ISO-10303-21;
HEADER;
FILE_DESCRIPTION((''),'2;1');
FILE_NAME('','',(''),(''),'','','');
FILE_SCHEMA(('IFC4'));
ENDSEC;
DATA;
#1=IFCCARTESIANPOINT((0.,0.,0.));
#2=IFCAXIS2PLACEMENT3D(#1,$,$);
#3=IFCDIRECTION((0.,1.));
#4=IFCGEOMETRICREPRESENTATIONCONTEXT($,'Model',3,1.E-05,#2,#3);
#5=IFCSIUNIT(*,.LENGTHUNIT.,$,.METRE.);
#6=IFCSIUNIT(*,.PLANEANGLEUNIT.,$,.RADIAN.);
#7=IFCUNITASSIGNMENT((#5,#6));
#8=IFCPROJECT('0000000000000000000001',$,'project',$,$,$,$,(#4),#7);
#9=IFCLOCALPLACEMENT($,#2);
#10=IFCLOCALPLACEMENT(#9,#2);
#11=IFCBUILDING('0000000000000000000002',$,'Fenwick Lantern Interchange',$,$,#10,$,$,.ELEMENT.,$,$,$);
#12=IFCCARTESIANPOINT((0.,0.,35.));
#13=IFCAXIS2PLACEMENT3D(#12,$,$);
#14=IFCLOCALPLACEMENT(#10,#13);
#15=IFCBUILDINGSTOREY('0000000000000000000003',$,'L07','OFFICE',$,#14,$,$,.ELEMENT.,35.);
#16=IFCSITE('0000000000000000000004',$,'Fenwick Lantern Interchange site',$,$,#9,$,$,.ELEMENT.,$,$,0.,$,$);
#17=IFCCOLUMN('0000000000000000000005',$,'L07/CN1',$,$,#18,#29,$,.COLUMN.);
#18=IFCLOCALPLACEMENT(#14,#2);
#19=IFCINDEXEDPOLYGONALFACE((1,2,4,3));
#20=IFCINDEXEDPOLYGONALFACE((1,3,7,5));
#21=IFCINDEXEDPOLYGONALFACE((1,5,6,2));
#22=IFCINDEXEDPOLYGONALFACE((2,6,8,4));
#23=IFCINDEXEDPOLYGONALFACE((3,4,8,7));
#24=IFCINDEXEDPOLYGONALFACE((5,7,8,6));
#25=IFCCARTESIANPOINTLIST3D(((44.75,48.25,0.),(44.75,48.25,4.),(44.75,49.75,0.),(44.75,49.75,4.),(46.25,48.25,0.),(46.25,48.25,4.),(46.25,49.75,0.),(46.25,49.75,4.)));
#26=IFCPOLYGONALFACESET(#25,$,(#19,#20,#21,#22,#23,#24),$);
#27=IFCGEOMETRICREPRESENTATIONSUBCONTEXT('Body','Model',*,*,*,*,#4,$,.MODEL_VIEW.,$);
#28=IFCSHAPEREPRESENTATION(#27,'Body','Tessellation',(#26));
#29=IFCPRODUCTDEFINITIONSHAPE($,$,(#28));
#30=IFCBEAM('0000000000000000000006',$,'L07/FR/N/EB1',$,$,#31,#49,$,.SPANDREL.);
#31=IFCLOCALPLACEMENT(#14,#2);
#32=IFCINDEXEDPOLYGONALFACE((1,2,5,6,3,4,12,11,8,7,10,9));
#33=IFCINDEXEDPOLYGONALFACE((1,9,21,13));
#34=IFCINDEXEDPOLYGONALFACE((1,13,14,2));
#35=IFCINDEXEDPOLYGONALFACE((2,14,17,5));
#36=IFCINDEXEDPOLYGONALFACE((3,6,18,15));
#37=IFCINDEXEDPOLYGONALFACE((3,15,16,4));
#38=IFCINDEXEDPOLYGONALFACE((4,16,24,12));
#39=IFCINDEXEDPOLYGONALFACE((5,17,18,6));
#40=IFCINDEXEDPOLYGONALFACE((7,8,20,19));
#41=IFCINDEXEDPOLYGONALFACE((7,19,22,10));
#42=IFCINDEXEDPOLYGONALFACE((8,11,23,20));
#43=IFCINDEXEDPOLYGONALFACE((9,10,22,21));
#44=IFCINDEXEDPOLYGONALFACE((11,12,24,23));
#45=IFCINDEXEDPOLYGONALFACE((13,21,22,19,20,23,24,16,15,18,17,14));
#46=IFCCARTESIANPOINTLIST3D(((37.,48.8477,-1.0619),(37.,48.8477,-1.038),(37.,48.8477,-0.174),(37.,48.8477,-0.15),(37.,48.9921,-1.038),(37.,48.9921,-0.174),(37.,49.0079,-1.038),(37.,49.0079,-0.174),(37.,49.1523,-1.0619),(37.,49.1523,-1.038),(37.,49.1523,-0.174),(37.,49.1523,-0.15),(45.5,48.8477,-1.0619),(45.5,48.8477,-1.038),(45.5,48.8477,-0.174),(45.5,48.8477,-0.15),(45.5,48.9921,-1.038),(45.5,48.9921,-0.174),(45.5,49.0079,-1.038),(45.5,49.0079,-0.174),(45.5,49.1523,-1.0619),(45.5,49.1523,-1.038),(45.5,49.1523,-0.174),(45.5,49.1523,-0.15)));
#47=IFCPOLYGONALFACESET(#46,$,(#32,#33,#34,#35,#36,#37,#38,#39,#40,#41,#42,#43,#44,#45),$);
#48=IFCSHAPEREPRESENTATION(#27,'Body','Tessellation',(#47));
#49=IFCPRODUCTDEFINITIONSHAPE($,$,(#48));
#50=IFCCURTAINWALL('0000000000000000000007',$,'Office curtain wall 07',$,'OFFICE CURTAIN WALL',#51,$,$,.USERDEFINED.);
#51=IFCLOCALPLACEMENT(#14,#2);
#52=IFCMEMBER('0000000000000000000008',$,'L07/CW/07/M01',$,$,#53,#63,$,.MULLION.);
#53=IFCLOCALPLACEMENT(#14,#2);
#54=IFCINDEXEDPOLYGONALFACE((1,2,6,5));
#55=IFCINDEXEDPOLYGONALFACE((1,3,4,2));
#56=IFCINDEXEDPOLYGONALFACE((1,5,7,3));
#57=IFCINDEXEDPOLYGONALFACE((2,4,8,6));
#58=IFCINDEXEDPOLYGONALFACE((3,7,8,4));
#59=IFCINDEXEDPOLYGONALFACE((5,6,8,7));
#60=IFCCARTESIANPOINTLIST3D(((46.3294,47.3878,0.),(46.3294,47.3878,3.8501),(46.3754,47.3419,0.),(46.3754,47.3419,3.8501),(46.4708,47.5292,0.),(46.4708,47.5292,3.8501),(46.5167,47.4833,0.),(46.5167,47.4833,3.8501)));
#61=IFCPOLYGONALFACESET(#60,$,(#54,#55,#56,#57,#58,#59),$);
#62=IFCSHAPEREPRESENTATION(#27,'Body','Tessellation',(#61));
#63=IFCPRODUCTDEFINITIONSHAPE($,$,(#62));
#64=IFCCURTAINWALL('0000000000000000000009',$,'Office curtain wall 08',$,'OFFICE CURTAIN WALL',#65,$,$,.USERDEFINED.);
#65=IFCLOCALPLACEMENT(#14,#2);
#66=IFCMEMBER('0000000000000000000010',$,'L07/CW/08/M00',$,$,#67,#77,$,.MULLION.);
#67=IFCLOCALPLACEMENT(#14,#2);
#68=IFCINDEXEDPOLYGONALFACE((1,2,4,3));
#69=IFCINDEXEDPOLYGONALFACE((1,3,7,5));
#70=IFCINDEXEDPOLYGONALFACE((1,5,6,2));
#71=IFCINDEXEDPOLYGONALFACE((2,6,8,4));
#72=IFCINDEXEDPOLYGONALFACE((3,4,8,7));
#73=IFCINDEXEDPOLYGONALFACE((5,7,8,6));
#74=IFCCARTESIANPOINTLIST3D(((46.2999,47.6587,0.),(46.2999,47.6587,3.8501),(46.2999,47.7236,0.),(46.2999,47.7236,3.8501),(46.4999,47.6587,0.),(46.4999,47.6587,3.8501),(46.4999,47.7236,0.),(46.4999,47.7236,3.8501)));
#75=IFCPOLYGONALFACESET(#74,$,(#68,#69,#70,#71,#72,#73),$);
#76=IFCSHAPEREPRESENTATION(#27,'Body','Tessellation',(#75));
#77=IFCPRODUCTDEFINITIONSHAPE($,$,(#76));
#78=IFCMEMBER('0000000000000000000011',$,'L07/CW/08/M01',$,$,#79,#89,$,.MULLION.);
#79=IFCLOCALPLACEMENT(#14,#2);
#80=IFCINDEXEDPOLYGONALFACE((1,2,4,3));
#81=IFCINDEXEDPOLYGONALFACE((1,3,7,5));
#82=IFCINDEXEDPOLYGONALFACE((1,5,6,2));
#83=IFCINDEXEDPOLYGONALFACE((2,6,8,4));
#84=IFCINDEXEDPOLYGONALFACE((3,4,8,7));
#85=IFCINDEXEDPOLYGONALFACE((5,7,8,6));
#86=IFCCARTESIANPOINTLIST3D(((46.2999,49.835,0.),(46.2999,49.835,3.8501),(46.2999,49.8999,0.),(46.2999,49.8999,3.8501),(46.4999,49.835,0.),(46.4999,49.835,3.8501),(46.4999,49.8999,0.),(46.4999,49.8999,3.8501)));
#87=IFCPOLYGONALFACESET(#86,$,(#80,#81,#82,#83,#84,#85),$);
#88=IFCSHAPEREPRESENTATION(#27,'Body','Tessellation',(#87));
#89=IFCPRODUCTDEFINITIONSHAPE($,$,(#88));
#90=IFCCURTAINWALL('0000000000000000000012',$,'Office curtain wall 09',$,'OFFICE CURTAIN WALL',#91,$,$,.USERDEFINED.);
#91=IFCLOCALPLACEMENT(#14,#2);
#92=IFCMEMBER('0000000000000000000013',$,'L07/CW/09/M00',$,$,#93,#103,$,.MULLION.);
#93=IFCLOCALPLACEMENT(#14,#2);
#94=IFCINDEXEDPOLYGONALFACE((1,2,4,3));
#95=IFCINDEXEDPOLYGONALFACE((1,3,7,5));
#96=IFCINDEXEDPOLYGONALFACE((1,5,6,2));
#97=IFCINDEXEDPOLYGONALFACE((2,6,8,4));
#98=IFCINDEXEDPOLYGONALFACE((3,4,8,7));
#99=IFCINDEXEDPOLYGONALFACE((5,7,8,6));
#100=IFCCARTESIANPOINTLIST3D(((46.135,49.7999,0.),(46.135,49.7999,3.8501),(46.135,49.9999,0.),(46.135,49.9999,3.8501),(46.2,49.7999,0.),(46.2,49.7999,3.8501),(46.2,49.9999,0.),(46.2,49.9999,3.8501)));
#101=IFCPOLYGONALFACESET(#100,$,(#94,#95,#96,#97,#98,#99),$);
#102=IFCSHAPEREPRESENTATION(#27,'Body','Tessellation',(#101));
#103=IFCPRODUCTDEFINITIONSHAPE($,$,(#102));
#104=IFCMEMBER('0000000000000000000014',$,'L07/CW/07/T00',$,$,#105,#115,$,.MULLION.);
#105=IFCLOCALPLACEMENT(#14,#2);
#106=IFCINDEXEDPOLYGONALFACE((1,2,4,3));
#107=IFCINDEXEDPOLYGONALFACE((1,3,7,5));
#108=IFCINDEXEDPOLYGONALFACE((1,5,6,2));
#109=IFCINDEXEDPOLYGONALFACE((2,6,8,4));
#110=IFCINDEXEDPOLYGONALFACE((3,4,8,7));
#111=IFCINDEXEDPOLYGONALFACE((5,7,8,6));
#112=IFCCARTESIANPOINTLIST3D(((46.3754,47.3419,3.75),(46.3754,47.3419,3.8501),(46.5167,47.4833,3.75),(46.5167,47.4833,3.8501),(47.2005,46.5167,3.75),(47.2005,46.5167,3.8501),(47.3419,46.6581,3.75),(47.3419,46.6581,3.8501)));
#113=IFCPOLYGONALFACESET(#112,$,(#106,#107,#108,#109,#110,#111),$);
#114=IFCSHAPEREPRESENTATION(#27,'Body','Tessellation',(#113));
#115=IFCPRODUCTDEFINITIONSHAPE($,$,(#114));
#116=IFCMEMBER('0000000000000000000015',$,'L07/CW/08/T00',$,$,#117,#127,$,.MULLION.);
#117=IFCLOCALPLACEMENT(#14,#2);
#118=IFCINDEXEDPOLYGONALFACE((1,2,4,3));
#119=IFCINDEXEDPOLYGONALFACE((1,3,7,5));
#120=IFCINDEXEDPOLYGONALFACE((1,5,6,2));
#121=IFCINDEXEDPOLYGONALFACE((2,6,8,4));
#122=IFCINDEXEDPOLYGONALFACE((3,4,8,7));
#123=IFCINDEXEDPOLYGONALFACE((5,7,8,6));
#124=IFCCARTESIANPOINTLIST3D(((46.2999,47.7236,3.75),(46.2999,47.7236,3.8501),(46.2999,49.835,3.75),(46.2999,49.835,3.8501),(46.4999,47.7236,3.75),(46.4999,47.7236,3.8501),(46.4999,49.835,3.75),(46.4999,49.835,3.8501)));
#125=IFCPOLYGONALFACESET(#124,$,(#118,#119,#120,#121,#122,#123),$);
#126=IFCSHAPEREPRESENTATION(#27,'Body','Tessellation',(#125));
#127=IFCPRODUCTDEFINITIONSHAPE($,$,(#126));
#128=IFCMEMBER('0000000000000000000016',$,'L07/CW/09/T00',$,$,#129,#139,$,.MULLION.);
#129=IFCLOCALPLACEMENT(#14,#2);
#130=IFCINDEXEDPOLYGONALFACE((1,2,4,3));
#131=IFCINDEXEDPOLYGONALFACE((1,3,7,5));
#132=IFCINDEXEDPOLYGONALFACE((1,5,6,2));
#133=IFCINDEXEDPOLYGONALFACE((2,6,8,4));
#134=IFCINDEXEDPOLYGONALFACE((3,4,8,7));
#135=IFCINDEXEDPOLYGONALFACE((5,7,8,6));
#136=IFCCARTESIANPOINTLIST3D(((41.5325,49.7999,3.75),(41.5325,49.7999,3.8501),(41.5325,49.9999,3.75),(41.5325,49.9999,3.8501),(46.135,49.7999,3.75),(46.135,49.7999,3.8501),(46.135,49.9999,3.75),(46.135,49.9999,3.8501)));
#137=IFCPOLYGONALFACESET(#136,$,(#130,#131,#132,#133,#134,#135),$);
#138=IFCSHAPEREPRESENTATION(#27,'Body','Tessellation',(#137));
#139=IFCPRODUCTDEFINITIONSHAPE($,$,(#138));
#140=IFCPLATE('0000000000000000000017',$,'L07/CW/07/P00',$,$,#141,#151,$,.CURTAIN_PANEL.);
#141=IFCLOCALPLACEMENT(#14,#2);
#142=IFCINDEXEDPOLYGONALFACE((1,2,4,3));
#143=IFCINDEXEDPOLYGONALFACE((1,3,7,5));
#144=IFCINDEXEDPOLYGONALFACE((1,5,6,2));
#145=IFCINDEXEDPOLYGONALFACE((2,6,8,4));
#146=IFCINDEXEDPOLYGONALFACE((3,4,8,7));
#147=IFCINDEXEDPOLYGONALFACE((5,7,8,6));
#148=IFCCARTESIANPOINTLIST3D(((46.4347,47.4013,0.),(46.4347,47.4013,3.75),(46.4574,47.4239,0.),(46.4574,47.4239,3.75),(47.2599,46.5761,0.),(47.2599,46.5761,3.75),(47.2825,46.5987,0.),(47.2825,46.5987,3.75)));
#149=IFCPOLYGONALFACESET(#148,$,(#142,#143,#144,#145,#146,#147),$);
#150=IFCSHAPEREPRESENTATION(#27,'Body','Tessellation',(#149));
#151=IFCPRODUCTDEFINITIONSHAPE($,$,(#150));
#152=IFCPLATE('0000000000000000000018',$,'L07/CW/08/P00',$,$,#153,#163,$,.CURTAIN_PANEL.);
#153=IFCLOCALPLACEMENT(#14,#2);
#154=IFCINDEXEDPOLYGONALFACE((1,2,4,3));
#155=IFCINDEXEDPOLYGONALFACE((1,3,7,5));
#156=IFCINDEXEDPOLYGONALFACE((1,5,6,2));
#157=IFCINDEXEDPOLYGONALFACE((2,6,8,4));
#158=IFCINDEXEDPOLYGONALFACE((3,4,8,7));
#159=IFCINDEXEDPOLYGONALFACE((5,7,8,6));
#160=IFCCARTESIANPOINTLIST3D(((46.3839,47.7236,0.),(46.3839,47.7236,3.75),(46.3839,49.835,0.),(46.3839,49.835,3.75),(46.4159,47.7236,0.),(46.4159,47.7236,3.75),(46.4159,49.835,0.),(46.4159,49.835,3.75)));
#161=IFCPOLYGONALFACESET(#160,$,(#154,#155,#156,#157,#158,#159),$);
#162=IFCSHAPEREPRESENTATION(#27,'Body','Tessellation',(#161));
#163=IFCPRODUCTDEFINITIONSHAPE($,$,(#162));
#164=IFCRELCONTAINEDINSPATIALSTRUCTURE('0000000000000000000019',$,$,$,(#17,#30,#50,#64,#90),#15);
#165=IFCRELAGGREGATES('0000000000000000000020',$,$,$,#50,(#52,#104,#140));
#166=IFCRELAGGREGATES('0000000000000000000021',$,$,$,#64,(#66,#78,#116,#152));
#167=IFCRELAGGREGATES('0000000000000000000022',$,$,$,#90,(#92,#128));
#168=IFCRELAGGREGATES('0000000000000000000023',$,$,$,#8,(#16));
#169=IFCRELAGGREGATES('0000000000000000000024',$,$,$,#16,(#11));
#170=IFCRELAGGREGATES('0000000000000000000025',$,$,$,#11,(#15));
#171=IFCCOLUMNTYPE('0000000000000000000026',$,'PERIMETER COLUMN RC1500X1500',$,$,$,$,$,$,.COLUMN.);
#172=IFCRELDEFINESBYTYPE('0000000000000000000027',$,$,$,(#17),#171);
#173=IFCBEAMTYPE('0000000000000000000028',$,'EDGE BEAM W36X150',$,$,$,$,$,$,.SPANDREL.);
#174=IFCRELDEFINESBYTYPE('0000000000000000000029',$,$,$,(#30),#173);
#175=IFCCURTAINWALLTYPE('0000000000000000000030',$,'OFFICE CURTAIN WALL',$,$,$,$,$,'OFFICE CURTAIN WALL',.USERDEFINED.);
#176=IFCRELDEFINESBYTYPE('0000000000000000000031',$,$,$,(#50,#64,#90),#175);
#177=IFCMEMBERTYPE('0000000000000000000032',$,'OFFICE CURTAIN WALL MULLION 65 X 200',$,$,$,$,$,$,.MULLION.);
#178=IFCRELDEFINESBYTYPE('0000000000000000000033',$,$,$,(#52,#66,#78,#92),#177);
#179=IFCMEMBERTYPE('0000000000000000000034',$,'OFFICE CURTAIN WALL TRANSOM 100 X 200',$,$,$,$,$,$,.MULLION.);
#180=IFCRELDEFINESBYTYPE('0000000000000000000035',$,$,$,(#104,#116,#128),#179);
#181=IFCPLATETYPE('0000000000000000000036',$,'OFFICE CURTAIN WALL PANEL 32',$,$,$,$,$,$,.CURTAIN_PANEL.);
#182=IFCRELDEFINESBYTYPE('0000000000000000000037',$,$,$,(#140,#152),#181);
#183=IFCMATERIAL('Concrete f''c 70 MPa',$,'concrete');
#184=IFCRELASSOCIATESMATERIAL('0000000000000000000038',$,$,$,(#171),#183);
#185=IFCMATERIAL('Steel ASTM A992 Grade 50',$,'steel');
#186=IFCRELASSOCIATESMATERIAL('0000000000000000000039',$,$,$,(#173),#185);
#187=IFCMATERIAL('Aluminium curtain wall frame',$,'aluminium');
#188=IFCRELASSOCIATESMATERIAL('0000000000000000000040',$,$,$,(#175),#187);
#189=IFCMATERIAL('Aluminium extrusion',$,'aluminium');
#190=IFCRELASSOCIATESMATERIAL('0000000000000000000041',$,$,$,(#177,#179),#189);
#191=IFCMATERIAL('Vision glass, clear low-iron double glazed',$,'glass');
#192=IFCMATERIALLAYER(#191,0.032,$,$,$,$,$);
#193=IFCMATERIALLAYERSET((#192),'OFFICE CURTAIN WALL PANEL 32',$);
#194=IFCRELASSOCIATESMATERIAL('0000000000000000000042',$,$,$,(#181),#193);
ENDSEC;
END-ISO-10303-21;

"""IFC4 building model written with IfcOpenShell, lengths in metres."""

from ifc_helpers import new_model, si_unit, direction, frame, origin, origin_2d, place, context, subcontext, project, spatial, rectangle, i_section, extrude, material, layer, layer_set, material_profile, profile_set, type_object, element, aggregate, save


model = new_model("IFC4")

# Units and contexts
model_context = context("Model", 3, precision=1e-05, world=origin(), true_north=direction((0.0, 1.0)))
body_context = subcontext(model_context, "Body", "Model", "MODEL_VIEW")
ifc_project = project(units=[si_unit("LENGTHUNIT", "METRE"), si_unit("PLANEANGLEUNIT", "RADIAN")], contexts=[model_context])

# Site, building, storey
site_placement = place(None, origin())
site = spatial("IfcSite", under=ifc_project, at=site_placement, Name="Fenwick Lantern Interchange site", CompositionType="ELEMENT", RefElevation=0.0)
building_placement = place(site_placement, origin())
building = spatial("IfcBuilding", under=site, at=building_placement, Name="Fenwick Lantern Interchange", CompositionType="ELEMENT")
storey_placement = place(building_placement, frame((0.0, 0.0, 35.0)))
storey = spatial("IfcBuildingStorey", under=building, at=storey_placement, Name="L07", Description="OFFICE", CompositionType="ELEMENT", Elevation=35.0)

# Column
ifc_material_1 = material(Name="Concrete f'c 70 MPa", Category="concrete")
ifc_material_profile_1 = material_profile(ifc_material_1, rectangle(XDim=1.5, YDim=1.5, at=origin_2d()), Name="RC1500X1500")
ifc_profile_set_1 = profile_set([ifc_material_profile_1], Name="Concrete f'c 70 MPa")
column_type = type_object("IfcColumnType", Name="PERIMETER COLUMN RC1500X1500", PredefinedType="COLUMN", material=ifc_profile_set_1)
column_placement = place(storey_placement, frame((45.5, 49.0, 0.0), z_axis=(0.0, 0.0, 1.0), x_axis=(1.0, 0.0, 0.0)))
element("IfcColumn", 1, at=column_placement, inside=storey, type_object=column_type, Name="L07/CN1", PredefinedType="COLUMN", context=body_context, shape_type="SweptSolid", body=[
    extrude(rectangle(XDim=1.5, YDim=1.5, at=origin_2d()), origin(), (0.0, 0.0, 1.0), 4.0),
])

# Beam
ifc_material_2 = material(Name="Steel ASTM A992 Grade 50", Category="steel")
ifc_material_profile_2 = material_profile(ifc_material_2, i_section(OverallWidth=0.3047, OverallDepth=0.9119, WebThickness=0.0159, FlangeThickness=0.0239, at=origin_2d()), Name="W36X150")
ifc_profile_set_2 = profile_set([ifc_material_profile_2], Name="Steel ASTM A992 Grade 50")
beam_type = type_object("IfcBeamType", Name="EDGE BEAM W36X150", PredefinedType="SPANDREL", material=ifc_profile_set_2)
beam_placement = place(storey_placement, frame((45.5, 49.0, -0.606), z_axis=(-1.0, 0.0, 0.0), x_axis=(0.0, -1.0, 0.0)))
element("IfcBeam", 2, at=beam_placement, inside=storey, type_object=beam_type, Name="L07/FR/N/EB1", PredefinedType="SPANDREL", context=body_context, shape_type="SweptSolid", body=[
    extrude(i_section(OverallWidth=0.3047, OverallDepth=0.9119, WebThickness=0.0159, FlangeThickness=0.0239, at=origin_2d()), origin(), (0.0, 0.0, 1.0), 8.5),
])

# Curtain wall, member
ifc_material_3 = material(Name="Aluminium curtain wall frame", Category="aluminium")
curtain_wall_type = type_object("IfcCurtainWallType", Name="OFFICE CURTAIN WALL", ElementType="OFFICE CURTAIN WALL", PredefinedType="USERDEFINED", material=ifc_material_3)
curtain_wall_1_placement = place(storey_placement, origin())
curtain_wall_1 = element("IfcCurtainWall", 3, at=curtain_wall_1_placement, inside=storey, type_object=curtain_wall_type, Name="Office curtain wall 07", ObjectType="OFFICE CURTAIN WALL", PredefinedType="USERDEFINED")
ifc_material_4 = material(Name="Aluminium extrusion", Category="aluminium")
ifc_material_profile_3 = material_profile(ifc_material_4, rectangle(XDim=0.2, YDim=0.0649, at=origin_2d()), Name="OFFICE CURTAIN WALL MULLION 65 X 200")
ifc_profile_set_3 = profile_set([ifc_material_profile_3], Name="Aluminium extrusion")
member_type_1 = type_object("IfcMemberType", Name="OFFICE CURTAIN WALL MULLION 65 X 200", PredefinedType="MULLION", material=ifc_profile_set_3)
member_1_placement = place(storey_placement, frame((46.4231, 47.4355, 0.0), z_axis=(0.0, 0.0, 1.0), x_axis=(-0.707107, -0.707107, 0.0)))
member_1 = element("IfcMember", 4, at=member_1_placement, type_object=member_type_1, Name="L07/CW/07/M01", PredefinedType="MULLION", context=body_context, shape_type="SweptSolid", body=[
    extrude(rectangle(XDim=0.2, YDim=0.0649, at=origin_2d()), origin(), (0.0, 0.0, 1.0), 3.8501),
])

# Curtain wall, members
curtain_wall_2_placement = place(storey_placement, origin())
curtain_wall_2 = element("IfcCurtainWall", 5, at=curtain_wall_2_placement, inside=storey, type_object=curtain_wall_type, Name="Office curtain wall 08", ObjectType="OFFICE CURTAIN WALL", PredefinedType="USERDEFINED")
member_2_placement = place(storey_placement, frame((46.3999, 47.6912, 0.0), z_axis=(0.0, 0.0, 1.0), x_axis=(-1.0, 0.0, 0.0)))
member_2 = element("IfcMember", 6, at=member_2_placement, type_object=member_type_1, Name="L07/CW/08/M00", PredefinedType="MULLION", context=body_context, shape_type="SweptSolid", body=[
    extrude(rectangle(XDim=0.2, YDim=0.0649, at=origin_2d()), origin(), (0.0, 0.0, 1.0), 3.8501),
])
member_3_placement = place(storey_placement, frame((46.3999, 49.8674, 0.0), z_axis=(0.0, 0.0, 1.0), x_axis=(-1.0, 0.0, 0.0)))
member_3 = element("IfcMember", 7, at=member_3_placement, type_object=member_type_1, Name="L07/CW/08/M01", PredefinedType="MULLION", context=body_context, shape_type="SweptSolid", body=[
    extrude(rectangle(XDim=0.2, YDim=0.0649, at=origin_2d()), origin(), (0.0, 0.0, 1.0), 3.8501),
])

# Curtain wall, member
curtain_wall_3_placement = place(storey_placement, origin())
curtain_wall_3 = element("IfcCurtainWall", 8, at=curtain_wall_3_placement, inside=storey, type_object=curtain_wall_type, Name="Office curtain wall 09", ObjectType="OFFICE CURTAIN WALL", PredefinedType="USERDEFINED")
member_4_placement = place(storey_placement, frame((46.1675, 49.8999, 0.0), z_axis=(0.0, 0.0, 1.0), x_axis=(0.0, -1.0, 0.0)))
member_4 = element("IfcMember", 9, at=member_4_placement, type_object=member_type_1, Name="L07/CW/09/M00", PredefinedType="MULLION", context=body_context, shape_type="SweptSolid", body=[
    extrude(rectangle(XDim=0.2, YDim=0.0649, at=origin_2d()), origin(), (0.0, 0.0, 1.0), 3.8501),
])

# Members
ifc_material_profile_4 = material_profile(ifc_material_4, rectangle(XDim=0.2, YDim=0.1001, at=origin_2d()), Name="OFFICE CURTAIN WALL TRANSOM 100 X 200")
ifc_profile_set_4 = profile_set([ifc_material_profile_4], Name="Aluminium extrusion")
member_type_2 = type_object("IfcMemberType", Name="OFFICE CURTAIN WALL TRANSOM 100 X 200", PredefinedType="MULLION", material=ifc_profile_set_4)
member_5_placement = place(storey_placement, frame((47.2712, 46.5874, 3.8), z_axis=(-0.707107, 0.707107, 0.0), x_axis=(-0.707107, -0.707107, 0.0)))
member_5 = element("IfcMember", 10, at=member_5_placement, type_object=member_type_2, Name="L07/CW/07/T00", PredefinedType="MULLION", context=body_context, shape_type="SweptSolid", body=[
    extrude(rectangle(XDim=0.2, YDim=0.1001, at=origin_2d()), origin(), (0.0, 0.0, 1.0), 1.167),
])
member_6_placement = place(storey_placement, frame((46.3999, 47.7236, 3.8), z_axis=(0.0, 1.0, 0.0), x_axis=(-1.0, 0.0, 0.0)))
member_6 = element("IfcMember", 11, at=member_6_placement, type_object=member_type_2, Name="L07/CW/08/T00", PredefinedType="MULLION", context=body_context, shape_type="SweptSolid", body=[
    extrude(rectangle(XDim=0.2, YDim=0.1001, at=origin_2d()), origin(), (0.0, 0.0, 1.0), 2.1113),
])
member_7_placement = place(storey_placement, frame((46.135, 49.8999, 3.8), z_axis=(-1.0, 0.0, 0.0), x_axis=(0.0, -1.0, 0.0)))
member_7 = element("IfcMember", 12, at=member_7_placement, type_object=member_type_2, Name="L07/CW/09/T00", PredefinedType="MULLION", context=body_context, shape_type="SweptSolid", body=[
    extrude(rectangle(XDim=0.2, YDim=0.1001, at=origin_2d()), origin(), (0.0, 0.0, 1.0), 4.6025),
])

# Plates
ifc_material_5 = material(Name="Vision glass, clear low-iron double glazed", Category="glass")
ifc_layer_1 = layer(ifc_material_5, 0.032)
ifc_layer_set_1 = layer_set([ifc_layer_1], Name="OFFICE CURTAIN WALL PANEL 32")
plate_type = type_object("IfcPlateType", Name="OFFICE CURTAIN WALL PANEL 32", PredefinedType="CURTAIN_PANEL", material=ifc_layer_set_1)
plate_1_placement = place(storey_placement, frame((46.8586, 47.0, 0.0), z_axis=(0.0, 0.0, 1.0), x_axis=(-0.707107, 0.707107, 0.0)))
plate_1 = element("IfcPlate", 13, at=plate_1_placement, type_object=plate_type, Name="L07/CW/07/P00", PredefinedType="CURTAIN_PANEL", context=body_context, shape_type="SweptSolid", body=[
    extrude(rectangle(XDim=1.167, YDim=0.032, at=origin_2d()), origin(), (0.0, 0.0, 1.0), 3.75),
])
aggregate(curtain_wall_1, [member_1, member_5, plate_1])
plate_2_placement = place(storey_placement, frame((46.3999, 48.7793, 0.0), z_axis=(0.0, 0.0, 1.0), x_axis=(0.0, 1.0, 0.0)))
plate_2 = element("IfcPlate", 14, at=plate_2_placement, type_object=plate_type, Name="L07/CW/08/P00", PredefinedType="CURTAIN_PANEL", context=body_context, shape_type="SweptSolid", body=[
    extrude(rectangle(XDim=2.1113, YDim=0.032, at=origin_2d()), origin(), (0.0, 0.0, 1.0), 3.75),
])
aggregate(curtain_wall_2, [member_2, member_3, member_6, plate_2])
aggregate(curtain_wall_3, [member_4, member_7])

save(model, "model.ifc")
